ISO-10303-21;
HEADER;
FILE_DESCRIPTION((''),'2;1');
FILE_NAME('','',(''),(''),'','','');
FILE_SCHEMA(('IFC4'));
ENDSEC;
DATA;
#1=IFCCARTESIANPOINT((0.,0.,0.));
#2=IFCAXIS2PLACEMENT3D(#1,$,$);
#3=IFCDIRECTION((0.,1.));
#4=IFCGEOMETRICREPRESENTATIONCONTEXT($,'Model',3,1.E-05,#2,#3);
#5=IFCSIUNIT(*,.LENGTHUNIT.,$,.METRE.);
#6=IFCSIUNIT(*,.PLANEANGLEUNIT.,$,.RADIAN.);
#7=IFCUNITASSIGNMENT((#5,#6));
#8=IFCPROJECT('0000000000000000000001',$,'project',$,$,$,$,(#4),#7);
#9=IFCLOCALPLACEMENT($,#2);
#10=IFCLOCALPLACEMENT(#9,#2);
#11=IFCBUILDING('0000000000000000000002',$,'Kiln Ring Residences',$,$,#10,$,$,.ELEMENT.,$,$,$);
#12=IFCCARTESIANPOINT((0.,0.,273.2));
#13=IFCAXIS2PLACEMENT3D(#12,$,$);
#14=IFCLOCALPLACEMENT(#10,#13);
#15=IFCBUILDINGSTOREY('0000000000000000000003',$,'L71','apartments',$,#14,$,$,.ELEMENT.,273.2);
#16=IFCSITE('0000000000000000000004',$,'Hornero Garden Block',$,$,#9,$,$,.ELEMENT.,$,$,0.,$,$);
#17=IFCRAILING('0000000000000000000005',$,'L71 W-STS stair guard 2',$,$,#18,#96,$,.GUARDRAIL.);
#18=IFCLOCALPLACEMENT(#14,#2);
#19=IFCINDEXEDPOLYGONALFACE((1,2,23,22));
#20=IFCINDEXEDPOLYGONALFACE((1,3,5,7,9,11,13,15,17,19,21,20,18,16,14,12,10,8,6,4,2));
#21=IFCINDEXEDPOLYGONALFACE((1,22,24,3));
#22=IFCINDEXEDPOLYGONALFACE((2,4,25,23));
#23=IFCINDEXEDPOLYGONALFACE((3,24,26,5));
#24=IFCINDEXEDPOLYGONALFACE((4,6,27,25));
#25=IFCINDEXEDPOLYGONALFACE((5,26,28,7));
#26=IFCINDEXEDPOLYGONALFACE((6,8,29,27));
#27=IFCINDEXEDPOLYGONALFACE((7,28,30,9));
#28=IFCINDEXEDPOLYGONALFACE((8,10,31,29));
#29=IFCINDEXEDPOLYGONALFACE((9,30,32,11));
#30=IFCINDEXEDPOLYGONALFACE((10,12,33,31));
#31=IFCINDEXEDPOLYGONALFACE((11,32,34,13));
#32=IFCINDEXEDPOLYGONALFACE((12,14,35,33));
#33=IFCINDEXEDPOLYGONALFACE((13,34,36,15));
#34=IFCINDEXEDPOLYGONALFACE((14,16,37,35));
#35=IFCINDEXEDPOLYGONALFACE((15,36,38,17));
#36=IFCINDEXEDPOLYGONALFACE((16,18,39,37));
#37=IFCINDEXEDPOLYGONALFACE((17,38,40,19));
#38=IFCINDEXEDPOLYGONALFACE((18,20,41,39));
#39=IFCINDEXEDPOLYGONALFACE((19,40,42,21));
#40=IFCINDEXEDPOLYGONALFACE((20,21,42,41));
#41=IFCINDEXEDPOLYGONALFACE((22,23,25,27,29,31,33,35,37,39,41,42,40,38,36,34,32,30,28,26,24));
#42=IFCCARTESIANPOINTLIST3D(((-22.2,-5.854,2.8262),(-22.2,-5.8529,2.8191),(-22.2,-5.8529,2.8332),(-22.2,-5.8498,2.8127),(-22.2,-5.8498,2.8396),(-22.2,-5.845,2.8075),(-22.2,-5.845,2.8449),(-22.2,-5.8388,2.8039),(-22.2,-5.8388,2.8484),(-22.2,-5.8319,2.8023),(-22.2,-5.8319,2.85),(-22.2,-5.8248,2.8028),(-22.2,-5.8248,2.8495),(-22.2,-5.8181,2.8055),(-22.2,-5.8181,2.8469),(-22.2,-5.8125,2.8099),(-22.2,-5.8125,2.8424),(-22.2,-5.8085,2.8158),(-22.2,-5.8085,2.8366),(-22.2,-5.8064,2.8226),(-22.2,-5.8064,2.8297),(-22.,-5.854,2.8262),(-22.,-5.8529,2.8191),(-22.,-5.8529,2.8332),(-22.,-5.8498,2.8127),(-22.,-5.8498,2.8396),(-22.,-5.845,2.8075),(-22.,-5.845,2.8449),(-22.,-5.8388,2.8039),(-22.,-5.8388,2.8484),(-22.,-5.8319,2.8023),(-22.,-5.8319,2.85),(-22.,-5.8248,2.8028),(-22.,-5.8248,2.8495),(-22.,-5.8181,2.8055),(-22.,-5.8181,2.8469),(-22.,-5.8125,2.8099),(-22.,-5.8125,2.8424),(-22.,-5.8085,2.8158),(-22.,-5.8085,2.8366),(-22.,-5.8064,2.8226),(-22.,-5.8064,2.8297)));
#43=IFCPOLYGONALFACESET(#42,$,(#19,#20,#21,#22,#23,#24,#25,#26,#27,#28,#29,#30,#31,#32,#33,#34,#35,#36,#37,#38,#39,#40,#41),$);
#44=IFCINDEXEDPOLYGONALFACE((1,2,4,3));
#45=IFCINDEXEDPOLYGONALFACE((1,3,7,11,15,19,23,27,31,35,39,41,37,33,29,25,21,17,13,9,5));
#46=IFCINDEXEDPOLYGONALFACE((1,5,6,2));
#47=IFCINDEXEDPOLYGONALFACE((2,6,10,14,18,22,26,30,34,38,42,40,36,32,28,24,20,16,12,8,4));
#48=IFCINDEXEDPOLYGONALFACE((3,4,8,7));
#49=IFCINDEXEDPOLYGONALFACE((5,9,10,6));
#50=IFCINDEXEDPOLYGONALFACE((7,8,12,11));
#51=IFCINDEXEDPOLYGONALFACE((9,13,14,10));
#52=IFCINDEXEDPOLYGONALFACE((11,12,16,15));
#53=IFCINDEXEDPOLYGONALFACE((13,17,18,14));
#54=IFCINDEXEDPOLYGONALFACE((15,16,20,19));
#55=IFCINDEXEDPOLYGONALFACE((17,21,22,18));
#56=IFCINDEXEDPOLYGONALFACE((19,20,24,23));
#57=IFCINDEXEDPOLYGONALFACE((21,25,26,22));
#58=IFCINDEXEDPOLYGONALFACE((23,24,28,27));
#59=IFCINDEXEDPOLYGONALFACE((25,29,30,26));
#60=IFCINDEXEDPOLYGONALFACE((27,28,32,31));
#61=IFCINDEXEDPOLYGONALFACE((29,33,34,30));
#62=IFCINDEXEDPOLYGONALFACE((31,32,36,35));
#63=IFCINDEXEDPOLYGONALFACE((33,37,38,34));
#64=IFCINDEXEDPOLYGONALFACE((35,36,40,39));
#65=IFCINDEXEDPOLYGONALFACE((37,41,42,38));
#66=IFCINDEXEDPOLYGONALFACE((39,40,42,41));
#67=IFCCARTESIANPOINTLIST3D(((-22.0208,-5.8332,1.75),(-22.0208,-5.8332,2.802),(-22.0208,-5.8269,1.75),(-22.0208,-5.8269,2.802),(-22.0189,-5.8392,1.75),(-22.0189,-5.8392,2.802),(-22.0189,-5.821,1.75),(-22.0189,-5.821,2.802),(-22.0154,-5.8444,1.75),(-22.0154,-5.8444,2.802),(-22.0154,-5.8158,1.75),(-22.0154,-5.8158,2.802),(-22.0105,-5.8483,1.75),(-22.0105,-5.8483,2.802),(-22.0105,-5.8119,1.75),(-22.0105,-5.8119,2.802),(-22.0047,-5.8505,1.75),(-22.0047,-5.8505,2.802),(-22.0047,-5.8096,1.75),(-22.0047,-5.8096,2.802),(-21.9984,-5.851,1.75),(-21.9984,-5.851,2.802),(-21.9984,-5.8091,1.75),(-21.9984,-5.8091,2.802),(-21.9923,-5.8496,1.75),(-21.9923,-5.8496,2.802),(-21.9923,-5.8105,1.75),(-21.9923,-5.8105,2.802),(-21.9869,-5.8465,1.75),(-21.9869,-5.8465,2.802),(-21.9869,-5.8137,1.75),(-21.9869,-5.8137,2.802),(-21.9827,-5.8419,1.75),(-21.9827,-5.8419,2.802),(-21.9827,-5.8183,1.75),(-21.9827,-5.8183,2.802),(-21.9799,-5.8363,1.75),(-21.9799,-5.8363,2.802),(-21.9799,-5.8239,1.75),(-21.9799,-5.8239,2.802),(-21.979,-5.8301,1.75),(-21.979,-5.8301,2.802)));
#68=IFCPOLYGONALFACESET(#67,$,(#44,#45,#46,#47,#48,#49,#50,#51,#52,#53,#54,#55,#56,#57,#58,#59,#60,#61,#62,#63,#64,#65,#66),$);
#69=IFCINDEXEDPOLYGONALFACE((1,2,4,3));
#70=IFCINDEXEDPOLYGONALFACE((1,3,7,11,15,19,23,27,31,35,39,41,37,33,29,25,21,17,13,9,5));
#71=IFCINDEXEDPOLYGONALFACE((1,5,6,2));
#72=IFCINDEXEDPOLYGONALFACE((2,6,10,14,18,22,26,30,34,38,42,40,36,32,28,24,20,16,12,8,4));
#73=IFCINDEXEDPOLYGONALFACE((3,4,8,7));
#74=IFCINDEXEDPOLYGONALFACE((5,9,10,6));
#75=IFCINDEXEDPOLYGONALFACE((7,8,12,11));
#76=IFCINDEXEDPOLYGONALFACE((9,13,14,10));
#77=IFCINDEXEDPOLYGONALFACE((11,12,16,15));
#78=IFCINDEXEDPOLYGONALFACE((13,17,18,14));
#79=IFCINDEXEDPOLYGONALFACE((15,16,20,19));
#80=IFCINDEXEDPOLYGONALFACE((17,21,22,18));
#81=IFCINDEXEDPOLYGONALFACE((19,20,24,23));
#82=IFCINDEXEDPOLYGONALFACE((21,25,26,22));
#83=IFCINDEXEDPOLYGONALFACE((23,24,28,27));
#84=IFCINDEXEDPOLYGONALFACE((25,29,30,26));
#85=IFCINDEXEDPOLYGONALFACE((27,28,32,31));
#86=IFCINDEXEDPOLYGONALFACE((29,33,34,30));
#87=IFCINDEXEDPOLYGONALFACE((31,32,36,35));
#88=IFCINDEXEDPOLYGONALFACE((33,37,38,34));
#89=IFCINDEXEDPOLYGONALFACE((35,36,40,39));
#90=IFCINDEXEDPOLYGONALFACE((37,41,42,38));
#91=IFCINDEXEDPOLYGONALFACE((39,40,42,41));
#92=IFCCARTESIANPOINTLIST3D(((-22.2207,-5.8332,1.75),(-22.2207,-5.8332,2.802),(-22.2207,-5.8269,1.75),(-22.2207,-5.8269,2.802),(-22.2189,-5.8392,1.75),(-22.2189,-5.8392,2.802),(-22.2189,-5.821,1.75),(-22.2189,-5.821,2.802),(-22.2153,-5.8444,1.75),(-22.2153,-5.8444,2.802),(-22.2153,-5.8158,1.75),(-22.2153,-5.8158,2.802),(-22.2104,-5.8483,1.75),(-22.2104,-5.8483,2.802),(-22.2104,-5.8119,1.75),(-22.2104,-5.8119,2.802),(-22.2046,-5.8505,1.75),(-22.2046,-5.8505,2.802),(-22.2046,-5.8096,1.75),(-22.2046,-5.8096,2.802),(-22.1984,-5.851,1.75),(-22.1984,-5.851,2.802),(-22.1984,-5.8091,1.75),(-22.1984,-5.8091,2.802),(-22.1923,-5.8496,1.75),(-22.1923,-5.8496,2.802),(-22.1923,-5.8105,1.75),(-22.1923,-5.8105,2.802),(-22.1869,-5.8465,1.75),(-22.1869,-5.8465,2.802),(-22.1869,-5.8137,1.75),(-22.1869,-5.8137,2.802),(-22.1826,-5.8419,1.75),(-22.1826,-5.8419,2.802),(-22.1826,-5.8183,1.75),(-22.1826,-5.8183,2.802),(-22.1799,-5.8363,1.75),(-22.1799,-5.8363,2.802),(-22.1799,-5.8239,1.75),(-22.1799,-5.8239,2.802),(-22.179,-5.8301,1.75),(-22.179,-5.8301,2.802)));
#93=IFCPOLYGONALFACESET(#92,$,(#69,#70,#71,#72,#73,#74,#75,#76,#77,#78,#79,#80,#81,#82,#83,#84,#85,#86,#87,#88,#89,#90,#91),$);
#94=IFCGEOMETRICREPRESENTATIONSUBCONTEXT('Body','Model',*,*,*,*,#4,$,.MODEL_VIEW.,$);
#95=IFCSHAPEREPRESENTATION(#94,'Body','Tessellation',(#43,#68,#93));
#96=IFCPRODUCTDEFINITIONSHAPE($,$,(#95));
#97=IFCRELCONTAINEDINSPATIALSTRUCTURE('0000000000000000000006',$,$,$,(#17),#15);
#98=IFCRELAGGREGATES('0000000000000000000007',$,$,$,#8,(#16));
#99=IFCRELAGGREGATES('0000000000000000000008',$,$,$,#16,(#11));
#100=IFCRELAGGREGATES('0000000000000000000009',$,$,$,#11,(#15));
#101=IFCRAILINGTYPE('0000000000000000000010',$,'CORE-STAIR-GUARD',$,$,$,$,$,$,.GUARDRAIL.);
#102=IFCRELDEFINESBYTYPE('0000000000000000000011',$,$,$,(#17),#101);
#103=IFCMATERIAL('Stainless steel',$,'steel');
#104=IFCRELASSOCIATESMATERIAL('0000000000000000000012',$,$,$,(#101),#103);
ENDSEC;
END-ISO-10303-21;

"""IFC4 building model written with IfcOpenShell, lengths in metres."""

from ifc_helpers import new_model, si_unit, direction, frame, origin, origin_2d, place, context, subcontext, project, spatial, circle, extrude, material, type_object, element, save


model = new_model("IFC4")

# Units and contexts
model_context = context("Model", 3, precision=1e-05, world=origin(), true_north=direction((0.0, 1.0)))
body_context = subcontext(model_context, "Body", "Model", "MODEL_VIEW")
ifc_project = project(units=[si_unit("LENGTHUNIT", "METRE"), si_unit("PLANEANGLEUNIT", "RADIAN")], contexts=[model_context])

# Site, building, storey
site_placement = place(None, origin())
site = spatial("IfcSite", under=ifc_project, at=site_placement, Name="Hornero Garden Block", CompositionType="ELEMENT", RefElevation=0.0)
building_placement = place(site_placement, origin())
building = spatial("IfcBuilding", under=site, at=building_placement, Name="Kiln Ring Residences", CompositionType="ELEMENT")
storey_placement = place(building_placement, frame((0.0, 0.0, 273.2)))
storey = spatial("IfcBuildingStorey", under=building, at=storey_placement, Name="L71", Description="apartments", CompositionType="ELEMENT", Elevation=273.2)

# Railing
ifc_material_1 = material(Name="Stainless steel", Category="steel")
railing_type_1 = type_object("IfcRailingType", Name="CORE-STAIR-GUARD", PredefinedType="GUARDRAIL", material=ifc_material_1)
railing_1_placement = place(storey_placement, frame((-22.0, -5.8301, 1.75)))
element("IfcRailing", 1, at=railing_1_placement, inside=storey, type_object=railing_type_1, Name="L71 W-STS stair guard 2", PredefinedType="GUARDRAIL", context=body_context, shape_type="SweptSolid", body=[
    extrude(circle(Radius=0.0239, at=origin_2d()), frame((0.0, 0.0, 1.0762), z_axis=(-1.0, 0.0, 0.0), x_axis=(0.0, -1.0, 0.0)), (0.0, 0.0, 1.0), 0.2),
    extrude(circle(Radius=0.021, at=origin_2d()), origin(), (0.0, 0.0, 1.0), 1.052),
    extrude(circle(Radius=0.021, at=origin_2d()), frame((-0.2, 0.0, 0.0)), (0.0, 0.0, 1.0), 1.052),
])

save(model, "model.ifc")
